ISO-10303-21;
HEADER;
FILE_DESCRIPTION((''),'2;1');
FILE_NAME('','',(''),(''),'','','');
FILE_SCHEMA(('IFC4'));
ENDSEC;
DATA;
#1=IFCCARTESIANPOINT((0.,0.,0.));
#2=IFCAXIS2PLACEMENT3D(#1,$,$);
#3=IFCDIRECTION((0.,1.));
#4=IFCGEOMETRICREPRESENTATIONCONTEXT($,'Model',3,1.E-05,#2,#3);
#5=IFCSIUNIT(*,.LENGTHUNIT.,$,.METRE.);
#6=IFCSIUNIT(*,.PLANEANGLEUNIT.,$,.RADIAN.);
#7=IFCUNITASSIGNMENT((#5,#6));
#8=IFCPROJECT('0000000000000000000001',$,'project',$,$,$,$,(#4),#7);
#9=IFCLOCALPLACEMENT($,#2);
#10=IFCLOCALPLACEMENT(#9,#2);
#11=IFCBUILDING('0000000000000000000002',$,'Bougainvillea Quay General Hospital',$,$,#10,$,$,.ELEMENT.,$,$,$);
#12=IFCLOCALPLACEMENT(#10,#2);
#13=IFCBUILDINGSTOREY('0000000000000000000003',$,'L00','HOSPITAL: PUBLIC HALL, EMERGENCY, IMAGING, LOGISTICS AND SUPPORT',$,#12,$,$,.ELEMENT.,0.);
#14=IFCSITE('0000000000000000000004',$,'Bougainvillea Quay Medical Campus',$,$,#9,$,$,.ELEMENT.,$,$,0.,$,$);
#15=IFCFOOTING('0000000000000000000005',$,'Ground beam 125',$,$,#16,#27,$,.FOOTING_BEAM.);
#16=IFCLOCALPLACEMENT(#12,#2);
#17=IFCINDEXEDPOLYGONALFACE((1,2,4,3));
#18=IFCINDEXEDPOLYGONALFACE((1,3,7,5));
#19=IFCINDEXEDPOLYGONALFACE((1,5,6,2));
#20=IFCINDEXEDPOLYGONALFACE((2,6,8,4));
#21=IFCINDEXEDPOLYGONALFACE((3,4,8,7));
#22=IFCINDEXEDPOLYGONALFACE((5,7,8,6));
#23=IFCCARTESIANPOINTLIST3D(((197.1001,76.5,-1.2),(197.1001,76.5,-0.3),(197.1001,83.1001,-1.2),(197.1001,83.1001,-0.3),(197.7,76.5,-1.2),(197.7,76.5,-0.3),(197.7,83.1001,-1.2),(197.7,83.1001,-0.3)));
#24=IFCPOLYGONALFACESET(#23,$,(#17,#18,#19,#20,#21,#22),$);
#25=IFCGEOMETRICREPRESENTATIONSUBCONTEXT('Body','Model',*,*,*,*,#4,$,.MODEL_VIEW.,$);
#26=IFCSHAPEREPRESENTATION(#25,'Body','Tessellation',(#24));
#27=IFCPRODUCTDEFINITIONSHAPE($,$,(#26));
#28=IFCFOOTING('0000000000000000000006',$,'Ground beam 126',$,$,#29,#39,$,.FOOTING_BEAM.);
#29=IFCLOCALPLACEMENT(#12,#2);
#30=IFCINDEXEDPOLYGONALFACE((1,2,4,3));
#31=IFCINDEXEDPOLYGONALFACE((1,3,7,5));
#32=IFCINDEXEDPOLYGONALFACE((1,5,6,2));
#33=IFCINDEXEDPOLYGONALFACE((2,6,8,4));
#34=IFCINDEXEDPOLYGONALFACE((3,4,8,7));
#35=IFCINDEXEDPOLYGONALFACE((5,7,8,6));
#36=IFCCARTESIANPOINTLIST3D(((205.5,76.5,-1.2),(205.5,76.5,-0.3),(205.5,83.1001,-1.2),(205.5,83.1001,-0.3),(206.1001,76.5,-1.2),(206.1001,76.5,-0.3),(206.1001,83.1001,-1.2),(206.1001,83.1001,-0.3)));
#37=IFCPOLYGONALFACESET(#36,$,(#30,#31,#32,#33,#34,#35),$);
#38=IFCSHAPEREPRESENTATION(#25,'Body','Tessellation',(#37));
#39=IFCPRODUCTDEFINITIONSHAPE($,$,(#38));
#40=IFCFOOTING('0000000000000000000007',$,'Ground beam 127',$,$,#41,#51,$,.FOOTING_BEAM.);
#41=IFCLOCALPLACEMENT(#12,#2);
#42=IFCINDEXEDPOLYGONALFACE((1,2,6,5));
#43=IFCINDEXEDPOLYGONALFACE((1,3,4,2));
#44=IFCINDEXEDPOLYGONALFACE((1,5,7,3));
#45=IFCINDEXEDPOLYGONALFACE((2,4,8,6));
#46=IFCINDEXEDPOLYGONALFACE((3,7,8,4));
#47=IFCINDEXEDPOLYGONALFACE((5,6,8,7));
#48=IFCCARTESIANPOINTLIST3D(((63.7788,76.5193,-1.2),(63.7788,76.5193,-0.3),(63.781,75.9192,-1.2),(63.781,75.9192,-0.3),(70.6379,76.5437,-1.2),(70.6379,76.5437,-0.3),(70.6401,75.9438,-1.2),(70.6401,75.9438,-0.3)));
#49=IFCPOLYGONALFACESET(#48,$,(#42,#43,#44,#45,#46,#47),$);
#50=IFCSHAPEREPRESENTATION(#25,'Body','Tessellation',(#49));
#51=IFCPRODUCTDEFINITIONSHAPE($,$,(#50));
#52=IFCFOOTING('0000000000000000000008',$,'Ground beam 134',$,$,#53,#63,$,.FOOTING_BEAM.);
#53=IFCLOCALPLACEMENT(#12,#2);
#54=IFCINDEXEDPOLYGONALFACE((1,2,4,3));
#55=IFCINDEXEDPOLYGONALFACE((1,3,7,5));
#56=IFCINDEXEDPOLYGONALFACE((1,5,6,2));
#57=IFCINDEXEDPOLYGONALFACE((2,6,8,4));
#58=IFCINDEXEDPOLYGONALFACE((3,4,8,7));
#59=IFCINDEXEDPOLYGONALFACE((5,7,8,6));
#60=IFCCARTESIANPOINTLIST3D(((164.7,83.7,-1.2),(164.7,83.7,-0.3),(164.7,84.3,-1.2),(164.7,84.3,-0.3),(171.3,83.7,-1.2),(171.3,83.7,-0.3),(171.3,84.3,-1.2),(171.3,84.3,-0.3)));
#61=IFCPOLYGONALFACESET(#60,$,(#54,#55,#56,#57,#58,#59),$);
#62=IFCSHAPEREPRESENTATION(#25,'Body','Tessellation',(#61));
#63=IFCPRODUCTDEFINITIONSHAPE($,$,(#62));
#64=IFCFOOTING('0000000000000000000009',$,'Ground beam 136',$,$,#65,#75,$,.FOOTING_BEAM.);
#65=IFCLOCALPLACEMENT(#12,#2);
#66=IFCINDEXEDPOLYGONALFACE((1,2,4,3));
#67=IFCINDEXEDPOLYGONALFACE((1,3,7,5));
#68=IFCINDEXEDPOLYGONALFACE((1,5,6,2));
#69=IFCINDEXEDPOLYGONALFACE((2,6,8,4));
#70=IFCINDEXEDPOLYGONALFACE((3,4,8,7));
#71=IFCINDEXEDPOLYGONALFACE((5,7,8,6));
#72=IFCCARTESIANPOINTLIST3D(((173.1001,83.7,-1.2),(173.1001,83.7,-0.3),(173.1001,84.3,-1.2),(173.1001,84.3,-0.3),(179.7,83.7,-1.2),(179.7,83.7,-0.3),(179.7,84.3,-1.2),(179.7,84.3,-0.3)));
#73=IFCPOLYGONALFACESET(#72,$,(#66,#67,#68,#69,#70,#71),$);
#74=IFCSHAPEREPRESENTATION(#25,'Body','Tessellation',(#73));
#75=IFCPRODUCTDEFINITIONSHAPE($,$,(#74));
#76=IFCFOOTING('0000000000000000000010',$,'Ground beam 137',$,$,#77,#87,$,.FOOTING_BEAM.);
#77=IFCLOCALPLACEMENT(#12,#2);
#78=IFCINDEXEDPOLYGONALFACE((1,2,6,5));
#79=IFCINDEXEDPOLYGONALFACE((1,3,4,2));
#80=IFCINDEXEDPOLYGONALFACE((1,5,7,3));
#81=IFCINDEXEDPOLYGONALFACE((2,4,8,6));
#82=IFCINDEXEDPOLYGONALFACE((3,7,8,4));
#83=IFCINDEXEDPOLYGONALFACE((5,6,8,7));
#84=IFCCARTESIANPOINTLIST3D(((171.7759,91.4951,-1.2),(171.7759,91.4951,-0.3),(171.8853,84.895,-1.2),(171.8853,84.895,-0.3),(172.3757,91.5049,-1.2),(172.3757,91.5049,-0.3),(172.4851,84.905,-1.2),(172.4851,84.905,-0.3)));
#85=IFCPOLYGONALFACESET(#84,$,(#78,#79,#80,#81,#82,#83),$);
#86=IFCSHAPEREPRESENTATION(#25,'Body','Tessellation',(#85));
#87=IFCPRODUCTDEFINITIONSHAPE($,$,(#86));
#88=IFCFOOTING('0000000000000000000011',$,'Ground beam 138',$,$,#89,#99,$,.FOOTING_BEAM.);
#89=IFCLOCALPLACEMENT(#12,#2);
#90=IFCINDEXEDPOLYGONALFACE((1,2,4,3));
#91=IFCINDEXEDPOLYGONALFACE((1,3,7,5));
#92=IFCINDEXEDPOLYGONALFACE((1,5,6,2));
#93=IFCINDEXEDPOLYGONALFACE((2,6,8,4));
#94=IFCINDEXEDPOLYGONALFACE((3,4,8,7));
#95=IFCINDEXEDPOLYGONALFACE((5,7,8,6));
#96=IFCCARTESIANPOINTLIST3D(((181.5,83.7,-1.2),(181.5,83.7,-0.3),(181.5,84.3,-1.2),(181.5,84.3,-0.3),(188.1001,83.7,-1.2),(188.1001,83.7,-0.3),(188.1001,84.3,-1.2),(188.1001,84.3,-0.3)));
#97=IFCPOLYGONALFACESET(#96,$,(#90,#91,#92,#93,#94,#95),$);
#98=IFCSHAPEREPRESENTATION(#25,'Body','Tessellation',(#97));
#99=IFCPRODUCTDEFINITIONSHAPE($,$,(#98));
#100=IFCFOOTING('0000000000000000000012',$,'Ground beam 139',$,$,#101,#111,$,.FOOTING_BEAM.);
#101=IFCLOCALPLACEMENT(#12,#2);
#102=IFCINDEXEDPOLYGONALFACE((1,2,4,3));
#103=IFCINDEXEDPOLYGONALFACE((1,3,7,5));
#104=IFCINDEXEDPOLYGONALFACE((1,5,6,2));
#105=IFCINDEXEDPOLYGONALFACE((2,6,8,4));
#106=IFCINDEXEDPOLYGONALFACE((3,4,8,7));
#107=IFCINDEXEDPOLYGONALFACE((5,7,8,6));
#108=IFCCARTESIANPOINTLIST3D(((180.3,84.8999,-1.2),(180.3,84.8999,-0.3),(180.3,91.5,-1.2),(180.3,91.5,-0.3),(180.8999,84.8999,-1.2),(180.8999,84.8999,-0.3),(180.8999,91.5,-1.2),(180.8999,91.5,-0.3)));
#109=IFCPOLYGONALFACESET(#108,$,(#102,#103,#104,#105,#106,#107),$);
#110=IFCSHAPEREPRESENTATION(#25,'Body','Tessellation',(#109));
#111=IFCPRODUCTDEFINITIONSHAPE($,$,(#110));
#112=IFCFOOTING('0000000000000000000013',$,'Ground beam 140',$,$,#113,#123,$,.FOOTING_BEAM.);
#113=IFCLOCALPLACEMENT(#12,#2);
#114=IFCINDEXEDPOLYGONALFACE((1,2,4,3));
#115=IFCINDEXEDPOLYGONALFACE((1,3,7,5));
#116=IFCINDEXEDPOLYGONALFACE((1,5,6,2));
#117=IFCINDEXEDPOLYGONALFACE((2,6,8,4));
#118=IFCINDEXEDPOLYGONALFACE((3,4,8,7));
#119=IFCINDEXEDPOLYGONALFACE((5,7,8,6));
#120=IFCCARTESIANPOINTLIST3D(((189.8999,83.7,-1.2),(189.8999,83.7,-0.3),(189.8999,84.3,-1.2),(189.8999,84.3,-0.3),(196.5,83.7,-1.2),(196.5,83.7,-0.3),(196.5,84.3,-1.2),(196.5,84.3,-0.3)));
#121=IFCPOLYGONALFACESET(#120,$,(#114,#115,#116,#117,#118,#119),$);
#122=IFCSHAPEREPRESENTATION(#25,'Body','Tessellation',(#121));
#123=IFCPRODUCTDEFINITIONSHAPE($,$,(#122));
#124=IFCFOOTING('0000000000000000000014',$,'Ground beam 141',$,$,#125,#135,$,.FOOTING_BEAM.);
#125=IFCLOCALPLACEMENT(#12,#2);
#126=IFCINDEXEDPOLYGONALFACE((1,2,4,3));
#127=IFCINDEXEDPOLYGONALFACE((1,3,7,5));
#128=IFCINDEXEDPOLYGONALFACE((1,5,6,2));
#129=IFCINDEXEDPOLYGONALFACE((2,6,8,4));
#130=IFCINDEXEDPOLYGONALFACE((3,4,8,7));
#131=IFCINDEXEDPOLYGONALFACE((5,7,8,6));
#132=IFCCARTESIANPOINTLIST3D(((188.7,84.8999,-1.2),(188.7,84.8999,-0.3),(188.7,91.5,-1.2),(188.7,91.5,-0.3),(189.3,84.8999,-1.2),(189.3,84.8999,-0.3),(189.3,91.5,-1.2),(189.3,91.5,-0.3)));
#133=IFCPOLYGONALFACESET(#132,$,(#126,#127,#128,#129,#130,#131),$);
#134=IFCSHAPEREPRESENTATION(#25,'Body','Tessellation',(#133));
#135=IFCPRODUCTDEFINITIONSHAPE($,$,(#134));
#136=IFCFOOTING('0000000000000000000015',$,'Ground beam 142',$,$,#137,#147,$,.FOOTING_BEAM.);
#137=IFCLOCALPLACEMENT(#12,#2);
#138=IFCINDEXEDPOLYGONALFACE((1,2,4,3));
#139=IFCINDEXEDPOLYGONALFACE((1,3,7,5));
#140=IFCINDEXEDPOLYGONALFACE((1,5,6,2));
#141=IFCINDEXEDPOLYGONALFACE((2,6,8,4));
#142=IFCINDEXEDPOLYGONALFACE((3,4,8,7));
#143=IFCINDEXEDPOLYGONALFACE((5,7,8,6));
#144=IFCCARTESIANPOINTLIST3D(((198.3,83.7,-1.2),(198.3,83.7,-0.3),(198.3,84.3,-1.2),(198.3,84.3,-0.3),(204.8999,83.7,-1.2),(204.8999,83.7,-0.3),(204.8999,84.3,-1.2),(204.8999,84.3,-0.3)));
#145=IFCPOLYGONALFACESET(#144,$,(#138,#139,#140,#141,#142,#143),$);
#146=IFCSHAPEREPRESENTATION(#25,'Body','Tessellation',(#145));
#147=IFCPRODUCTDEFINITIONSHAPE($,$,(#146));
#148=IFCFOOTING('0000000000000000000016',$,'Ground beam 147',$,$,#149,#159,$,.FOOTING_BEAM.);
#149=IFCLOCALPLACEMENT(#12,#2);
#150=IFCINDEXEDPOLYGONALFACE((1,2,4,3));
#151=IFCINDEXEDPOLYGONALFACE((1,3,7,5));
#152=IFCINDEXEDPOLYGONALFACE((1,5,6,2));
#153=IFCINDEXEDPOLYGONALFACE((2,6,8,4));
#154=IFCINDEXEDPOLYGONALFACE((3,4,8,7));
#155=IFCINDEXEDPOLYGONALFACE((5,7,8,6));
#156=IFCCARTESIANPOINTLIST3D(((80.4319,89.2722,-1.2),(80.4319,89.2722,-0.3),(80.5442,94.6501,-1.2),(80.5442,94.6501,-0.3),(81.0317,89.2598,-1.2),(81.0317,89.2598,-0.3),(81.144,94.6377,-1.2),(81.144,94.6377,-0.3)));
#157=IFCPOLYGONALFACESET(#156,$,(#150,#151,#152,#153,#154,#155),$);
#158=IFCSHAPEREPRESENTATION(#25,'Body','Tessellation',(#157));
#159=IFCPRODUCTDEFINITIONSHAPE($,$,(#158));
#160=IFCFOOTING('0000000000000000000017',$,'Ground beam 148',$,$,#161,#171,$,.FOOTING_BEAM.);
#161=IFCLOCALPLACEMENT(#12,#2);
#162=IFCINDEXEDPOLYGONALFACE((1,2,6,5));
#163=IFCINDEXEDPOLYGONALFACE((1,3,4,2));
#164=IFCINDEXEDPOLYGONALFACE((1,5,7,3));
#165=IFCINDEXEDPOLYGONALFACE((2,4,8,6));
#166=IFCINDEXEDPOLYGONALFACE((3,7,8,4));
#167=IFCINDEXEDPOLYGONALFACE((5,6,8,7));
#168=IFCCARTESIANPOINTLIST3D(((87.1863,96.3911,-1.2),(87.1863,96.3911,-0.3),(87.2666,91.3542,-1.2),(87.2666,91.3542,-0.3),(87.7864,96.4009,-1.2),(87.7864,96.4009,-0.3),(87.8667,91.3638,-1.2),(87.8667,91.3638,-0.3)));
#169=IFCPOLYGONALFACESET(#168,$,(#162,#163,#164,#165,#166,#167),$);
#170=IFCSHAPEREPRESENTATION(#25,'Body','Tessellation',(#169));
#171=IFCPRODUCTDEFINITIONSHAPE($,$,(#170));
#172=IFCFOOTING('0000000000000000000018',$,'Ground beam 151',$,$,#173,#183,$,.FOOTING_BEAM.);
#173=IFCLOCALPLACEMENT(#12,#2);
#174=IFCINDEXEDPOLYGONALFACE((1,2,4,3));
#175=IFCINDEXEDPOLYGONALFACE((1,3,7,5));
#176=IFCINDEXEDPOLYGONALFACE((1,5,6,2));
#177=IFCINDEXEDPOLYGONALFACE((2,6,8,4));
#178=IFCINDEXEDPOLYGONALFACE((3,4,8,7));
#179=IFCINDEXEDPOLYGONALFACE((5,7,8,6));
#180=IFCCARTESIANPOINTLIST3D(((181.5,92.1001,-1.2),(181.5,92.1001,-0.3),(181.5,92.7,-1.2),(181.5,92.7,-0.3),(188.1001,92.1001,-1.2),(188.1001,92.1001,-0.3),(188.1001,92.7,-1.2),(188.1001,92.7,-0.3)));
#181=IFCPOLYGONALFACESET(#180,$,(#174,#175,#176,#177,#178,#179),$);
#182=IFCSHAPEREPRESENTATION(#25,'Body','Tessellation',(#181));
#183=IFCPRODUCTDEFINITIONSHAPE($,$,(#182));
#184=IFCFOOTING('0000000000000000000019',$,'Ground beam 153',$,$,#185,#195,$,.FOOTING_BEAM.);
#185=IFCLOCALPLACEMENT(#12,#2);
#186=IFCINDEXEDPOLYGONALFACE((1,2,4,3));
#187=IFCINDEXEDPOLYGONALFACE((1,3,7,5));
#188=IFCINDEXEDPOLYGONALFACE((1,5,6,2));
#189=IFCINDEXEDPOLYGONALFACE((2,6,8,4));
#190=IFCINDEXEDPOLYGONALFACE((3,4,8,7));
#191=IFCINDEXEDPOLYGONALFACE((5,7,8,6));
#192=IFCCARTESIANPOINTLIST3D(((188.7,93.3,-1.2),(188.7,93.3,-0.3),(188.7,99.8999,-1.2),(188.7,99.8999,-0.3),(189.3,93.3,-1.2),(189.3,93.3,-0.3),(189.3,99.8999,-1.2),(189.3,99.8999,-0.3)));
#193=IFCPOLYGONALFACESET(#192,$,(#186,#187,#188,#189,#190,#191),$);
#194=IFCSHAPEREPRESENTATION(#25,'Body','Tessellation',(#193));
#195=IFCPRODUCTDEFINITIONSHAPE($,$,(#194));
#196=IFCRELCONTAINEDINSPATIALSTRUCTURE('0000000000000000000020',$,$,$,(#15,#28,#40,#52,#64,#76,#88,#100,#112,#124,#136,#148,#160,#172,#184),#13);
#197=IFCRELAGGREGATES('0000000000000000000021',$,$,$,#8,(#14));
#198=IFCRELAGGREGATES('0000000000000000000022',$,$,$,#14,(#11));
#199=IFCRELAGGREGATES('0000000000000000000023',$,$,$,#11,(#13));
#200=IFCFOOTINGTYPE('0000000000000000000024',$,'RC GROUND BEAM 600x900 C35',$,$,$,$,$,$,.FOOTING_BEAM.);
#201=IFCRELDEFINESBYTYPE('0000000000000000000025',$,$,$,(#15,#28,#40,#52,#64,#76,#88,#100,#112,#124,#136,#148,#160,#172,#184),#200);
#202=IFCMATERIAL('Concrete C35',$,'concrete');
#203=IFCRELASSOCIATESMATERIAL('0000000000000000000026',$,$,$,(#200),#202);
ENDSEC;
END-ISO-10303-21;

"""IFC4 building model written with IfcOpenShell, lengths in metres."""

from ifc_helpers import new_model, si_unit, direction, frame, origin, origin_2d, place, context, subcontext, project, spatial, polyline, rectangle, outline, extrude, material, material_profile, profile_set, type_object, element, save


model = new_model("IFC4")

# Units and contexts
model_context = context("Model", 3, precision=1e-05, world=origin(), true_north=direction((0.0, 1.0)))
body_context = subcontext(model_context, "Body", "Model", "MODEL_VIEW")
ifc_project = project(units=[si_unit("LENGTHUNIT", "METRE"), si_unit("PLANEANGLEUNIT", "RADIAN")], contexts=[model_context])

# Site, building, storey
site_placement = place(None, origin())
site = spatial("IfcSite", under=ifc_project, at=site_placement, Name="Bougainvillea Quay Medical Campus", CompositionType="ELEMENT", RefElevation=0.0)
building_placement = place(site_placement, origin())
building = spatial("IfcBuilding", under=site, at=building_placement, Name="Bougainvillea Quay General Hospital", CompositionType="ELEMENT")
storey_placement = place(building_placement, origin())
storey = spatial("IfcBuildingStorey", under=building, at=storey_placement, Name="L00", Description="HOSPITAL: PUBLIC HALL, EMERGENCY, IMAGING, LOGISTICS AND SUPPORT", CompositionType="ELEMENT", Elevation=0.0)

# Footings
ifc_material = material(Name="Concrete C35", Category="concrete")
ifc_material_profile = material_profile(ifc_material, rectangle(XDim=0.6001, YDim=0.8999, at=origin_2d()))
ifc_profile_set = profile_set([ifc_material_profile], Name="Concrete C35")
footing_type = type_object("IfcFootingType", Name="RC GROUND BEAM 600x900 C35", PredefinedType="FOOTING_BEAM", material=ifc_profile_set)
footing_1_placement = place(storey_placement, frame((0.0, 0.0, -1.2)))
element("IfcFooting", 1, at=footing_1_placement, inside=storey, type_object=footing_type, Name="Ground beam 125", PredefinedType="FOOTING_BEAM", context=body_context, shape_type="SweptSolid", body=[
    extrude(outline(polyline([(197.1001, 76.5), (197.1001, 83.1001), (197.7, 83.1001), (197.7, 76.5), (197.1001, 76.5)])), origin(), (0.0, 0.0, 1.0), 0.8999),
])
footing_2_placement = place(storey_placement, frame((0.0, 0.0, -1.2)))
element("IfcFooting", 2, at=footing_2_placement, inside=storey, type_object=footing_type, Name="Ground beam 126", PredefinedType="FOOTING_BEAM", context=body_context, shape_type="SweptSolid", body=[
    extrude(outline(polyline([(205.5, 76.5), (205.5, 83.1001), (206.1001, 83.1001), (206.1001, 76.5), (205.5, 76.5)])), origin(), (0.0, 0.0, 1.0), 0.8999),
])
footing_3_placement = place(storey_placement, frame((0.0, 0.0, -1.2)))
element("IfcFooting", 3, at=footing_3_placement, inside=storey, type_object=footing_type, Name="Ground beam 127", PredefinedType="FOOTING_BEAM", context=body_context, shape_type="SweptSolid", body=[
    extrude(outline(polyline([(63.7788, 76.5193), (70.6379, 76.5437), (70.6401, 75.9438), (63.781, 75.9192), (63.7788, 76.5193)])), origin(), (0.0, 0.0, 1.0), 0.8999),
])
footing_4_placement = place(storey_placement, frame((0.0, 0.0, -1.2)))
element("IfcFooting", 4, at=footing_4_placement, inside=storey, type_object=footing_type, Name="Ground beam 134", PredefinedType="FOOTING_BEAM", context=body_context, shape_type="SweptSolid", body=[
    extrude(outline(polyline([(164.7, 84.3), (171.3, 84.3), (171.3, 83.7), (164.7, 83.7), (164.7, 84.3)])), origin(), (0.0, 0.0, 1.0), 0.8999),
])
footing_5_placement = place(storey_placement, frame((0.0, 0.0, -1.2)))
element("IfcFooting", 5, at=footing_5_placement, inside=storey, type_object=footing_type, Name="Ground beam 136", PredefinedType="FOOTING_BEAM", context=body_context, shape_type="SweptSolid", body=[
    extrude(outline(polyline([(173.1001, 84.3), (179.7, 84.3), (179.7, 83.7), (173.1001, 83.7), (173.1001, 84.3)])), origin(), (0.0, 0.0, 1.0), 0.8999),
])
footing_6_placement = place(storey_placement, frame((0.0, 0.0, -1.2)))
element("IfcFooting", 6, at=footing_6_placement, inside=storey, type_object=footing_type, Name="Ground beam 137", PredefinedType="FOOTING_BEAM", context=body_context, shape_type="SweptSolid", body=[
    extrude(outline(polyline([(171.8853, 84.895), (171.7759, 91.4951), (172.3757, 91.5049), (172.4851, 84.905), (171.8853, 84.895)])), origin(), (0.0, 0.0, 1.0), 0.8999),
])
footing_7_placement = place(storey_placement, frame((0.0, 0.0, -1.2)))
element("IfcFooting", 7, at=footing_7_placement, inside=storey, type_object=footing_type, Name="Ground beam 138", PredefinedType="FOOTING_BEAM", context=body_context, shape_type="SweptSolid", body=[
    extrude(outline(polyline([(181.5, 84.3), (188.1001, 84.3), (188.1001, 83.7), (181.5, 83.7), (181.5, 84.3)])), origin(), (0.0, 0.0, 1.0), 0.8999),
])
footing_8_placement = place(storey_placement, frame((0.0, 0.0, -1.2)))
element("IfcFooting", 8, at=footing_8_placement, inside=storey, type_object=footing_type, Name="Ground beam 139", PredefinedType="FOOTING_BEAM", context=body_context, shape_type="SweptSolid", body=[
    extrude(outline(polyline([(180.3, 84.8999), (180.3, 91.5), (180.8999, 91.5), (180.8999, 84.8999), (180.3, 84.8999)])), origin(), (0.0, 0.0, 1.0), 0.8999),
])
footing_9_placement = place(storey_placement, frame((0.0, 0.0, -1.2)))
element("IfcFooting", 9, at=footing_9_placement, inside=storey, type_object=footing_type, Name="Ground beam 140", PredefinedType="FOOTING_BEAM", context=body_context, shape_type="SweptSolid", body=[
    extrude(outline(polyline([(189.8999, 84.3), (196.5, 84.3), (196.5, 83.7), (189.8999, 83.7), (189.8999, 84.3)])), origin(), (0.0, 0.0, 1.0), 0.8999),
])
footing_10_placement = place(storey_placement, frame((0.0, 0.0, -1.2)))
element("IfcFooting", 10, at=footing_10_placement, inside=storey, type_object=footing_type, Name="Ground beam 141", PredefinedType="FOOTING_BEAM", context=body_context, shape_type="SweptSolid", body=[
    extrude(outline(polyline([(188.7, 84.8999), (188.7, 91.5), (189.3, 91.5), (189.3, 84.8999), (188.7, 84.8999)])), origin(), (0.0, 0.0, 1.0), 0.8999),
])
footing_11_placement = place(storey_placement, frame((0.0, 0.0, -1.2)))
element("IfcFooting", 11, at=footing_11_placement, inside=storey, type_object=footing_type, Name="Ground beam 142", PredefinedType="FOOTING_BEAM", context=body_context, shape_type="SweptSolid", body=[
    extrude(outline(polyline([(198.3, 84.3), (204.8999, 84.3), (204.8999, 83.7), (198.3, 83.7), (198.3, 84.3)])), origin(), (0.0, 0.0, 1.0), 0.8999),
])
footing_12_placement = place(storey_placement, frame((0.0, 0.0, -1.2)))
element("IfcFooting", 12, at=footing_12_placement, inside=storey, type_object=footing_type, Name="Ground beam 147", PredefinedType="FOOTING_BEAM", context=body_context, shape_type="SweptSolid", body=[
    extrude(outline(polyline([(80.4319, 89.2722), (80.5442, 94.6501), (81.144, 94.6377), (81.0317, 89.2598), (80.4319, 89.2722)])), origin(), (0.0, 0.0, 1.0), 0.8999),
])
footing_13_placement = place(storey_placement, frame((0.0, 0.0, -1.2)))
element("IfcFooting", 13, at=footing_13_placement, inside=storey, type_object=footing_type, Name="Ground beam 148", PredefinedType="FOOTING_BEAM", context=body_context, shape_type="SweptSolid", body=[
    extrude(outline(polyline([(87.2666, 91.3542), (87.1863, 96.3911), (87.7864, 96.4009), (87.8667, 91.3638), (87.2666, 91.3542)])), origin(), (0.0, 0.0, 1.0), 0.8999),
])
footing_14_placement = place(storey_placement, frame((0.0, 0.0, -1.2)))
element("IfcFooting", 14, at=footing_14_placement, inside=storey, type_object=footing_type, Name="Ground beam 151", PredefinedType="FOOTING_BEAM", context=body_context, shape_type="SweptSolid", body=[
    extrude(outline(polyline([(181.5, 92.7), (188.1001, 92.7), (188.1001, 92.1001), (181.5, 92.1001), (181.5, 92.7)])), origin(), (0.0, 0.0, 1.0), 0.8999),
])
footing_15_placement = place(storey_placement, frame((0.0, 0.0, -1.2)))
element("IfcFooting", 15, at=footing_15_placement, inside=storey, type_object=footing_type, Name="Ground beam 153", PredefinedType="FOOTING_BEAM", context=body_context, shape_type="SweptSolid", body=[
    extrude(outline(polyline([(188.7, 93.3), (188.7, 99.8999), (189.3, 99.8999), (189.3, 93.3), (188.7, 93.3)])), origin(), (0.0, 0.0, 1.0), 0.8999),
])

save(model, "model.ifc")
